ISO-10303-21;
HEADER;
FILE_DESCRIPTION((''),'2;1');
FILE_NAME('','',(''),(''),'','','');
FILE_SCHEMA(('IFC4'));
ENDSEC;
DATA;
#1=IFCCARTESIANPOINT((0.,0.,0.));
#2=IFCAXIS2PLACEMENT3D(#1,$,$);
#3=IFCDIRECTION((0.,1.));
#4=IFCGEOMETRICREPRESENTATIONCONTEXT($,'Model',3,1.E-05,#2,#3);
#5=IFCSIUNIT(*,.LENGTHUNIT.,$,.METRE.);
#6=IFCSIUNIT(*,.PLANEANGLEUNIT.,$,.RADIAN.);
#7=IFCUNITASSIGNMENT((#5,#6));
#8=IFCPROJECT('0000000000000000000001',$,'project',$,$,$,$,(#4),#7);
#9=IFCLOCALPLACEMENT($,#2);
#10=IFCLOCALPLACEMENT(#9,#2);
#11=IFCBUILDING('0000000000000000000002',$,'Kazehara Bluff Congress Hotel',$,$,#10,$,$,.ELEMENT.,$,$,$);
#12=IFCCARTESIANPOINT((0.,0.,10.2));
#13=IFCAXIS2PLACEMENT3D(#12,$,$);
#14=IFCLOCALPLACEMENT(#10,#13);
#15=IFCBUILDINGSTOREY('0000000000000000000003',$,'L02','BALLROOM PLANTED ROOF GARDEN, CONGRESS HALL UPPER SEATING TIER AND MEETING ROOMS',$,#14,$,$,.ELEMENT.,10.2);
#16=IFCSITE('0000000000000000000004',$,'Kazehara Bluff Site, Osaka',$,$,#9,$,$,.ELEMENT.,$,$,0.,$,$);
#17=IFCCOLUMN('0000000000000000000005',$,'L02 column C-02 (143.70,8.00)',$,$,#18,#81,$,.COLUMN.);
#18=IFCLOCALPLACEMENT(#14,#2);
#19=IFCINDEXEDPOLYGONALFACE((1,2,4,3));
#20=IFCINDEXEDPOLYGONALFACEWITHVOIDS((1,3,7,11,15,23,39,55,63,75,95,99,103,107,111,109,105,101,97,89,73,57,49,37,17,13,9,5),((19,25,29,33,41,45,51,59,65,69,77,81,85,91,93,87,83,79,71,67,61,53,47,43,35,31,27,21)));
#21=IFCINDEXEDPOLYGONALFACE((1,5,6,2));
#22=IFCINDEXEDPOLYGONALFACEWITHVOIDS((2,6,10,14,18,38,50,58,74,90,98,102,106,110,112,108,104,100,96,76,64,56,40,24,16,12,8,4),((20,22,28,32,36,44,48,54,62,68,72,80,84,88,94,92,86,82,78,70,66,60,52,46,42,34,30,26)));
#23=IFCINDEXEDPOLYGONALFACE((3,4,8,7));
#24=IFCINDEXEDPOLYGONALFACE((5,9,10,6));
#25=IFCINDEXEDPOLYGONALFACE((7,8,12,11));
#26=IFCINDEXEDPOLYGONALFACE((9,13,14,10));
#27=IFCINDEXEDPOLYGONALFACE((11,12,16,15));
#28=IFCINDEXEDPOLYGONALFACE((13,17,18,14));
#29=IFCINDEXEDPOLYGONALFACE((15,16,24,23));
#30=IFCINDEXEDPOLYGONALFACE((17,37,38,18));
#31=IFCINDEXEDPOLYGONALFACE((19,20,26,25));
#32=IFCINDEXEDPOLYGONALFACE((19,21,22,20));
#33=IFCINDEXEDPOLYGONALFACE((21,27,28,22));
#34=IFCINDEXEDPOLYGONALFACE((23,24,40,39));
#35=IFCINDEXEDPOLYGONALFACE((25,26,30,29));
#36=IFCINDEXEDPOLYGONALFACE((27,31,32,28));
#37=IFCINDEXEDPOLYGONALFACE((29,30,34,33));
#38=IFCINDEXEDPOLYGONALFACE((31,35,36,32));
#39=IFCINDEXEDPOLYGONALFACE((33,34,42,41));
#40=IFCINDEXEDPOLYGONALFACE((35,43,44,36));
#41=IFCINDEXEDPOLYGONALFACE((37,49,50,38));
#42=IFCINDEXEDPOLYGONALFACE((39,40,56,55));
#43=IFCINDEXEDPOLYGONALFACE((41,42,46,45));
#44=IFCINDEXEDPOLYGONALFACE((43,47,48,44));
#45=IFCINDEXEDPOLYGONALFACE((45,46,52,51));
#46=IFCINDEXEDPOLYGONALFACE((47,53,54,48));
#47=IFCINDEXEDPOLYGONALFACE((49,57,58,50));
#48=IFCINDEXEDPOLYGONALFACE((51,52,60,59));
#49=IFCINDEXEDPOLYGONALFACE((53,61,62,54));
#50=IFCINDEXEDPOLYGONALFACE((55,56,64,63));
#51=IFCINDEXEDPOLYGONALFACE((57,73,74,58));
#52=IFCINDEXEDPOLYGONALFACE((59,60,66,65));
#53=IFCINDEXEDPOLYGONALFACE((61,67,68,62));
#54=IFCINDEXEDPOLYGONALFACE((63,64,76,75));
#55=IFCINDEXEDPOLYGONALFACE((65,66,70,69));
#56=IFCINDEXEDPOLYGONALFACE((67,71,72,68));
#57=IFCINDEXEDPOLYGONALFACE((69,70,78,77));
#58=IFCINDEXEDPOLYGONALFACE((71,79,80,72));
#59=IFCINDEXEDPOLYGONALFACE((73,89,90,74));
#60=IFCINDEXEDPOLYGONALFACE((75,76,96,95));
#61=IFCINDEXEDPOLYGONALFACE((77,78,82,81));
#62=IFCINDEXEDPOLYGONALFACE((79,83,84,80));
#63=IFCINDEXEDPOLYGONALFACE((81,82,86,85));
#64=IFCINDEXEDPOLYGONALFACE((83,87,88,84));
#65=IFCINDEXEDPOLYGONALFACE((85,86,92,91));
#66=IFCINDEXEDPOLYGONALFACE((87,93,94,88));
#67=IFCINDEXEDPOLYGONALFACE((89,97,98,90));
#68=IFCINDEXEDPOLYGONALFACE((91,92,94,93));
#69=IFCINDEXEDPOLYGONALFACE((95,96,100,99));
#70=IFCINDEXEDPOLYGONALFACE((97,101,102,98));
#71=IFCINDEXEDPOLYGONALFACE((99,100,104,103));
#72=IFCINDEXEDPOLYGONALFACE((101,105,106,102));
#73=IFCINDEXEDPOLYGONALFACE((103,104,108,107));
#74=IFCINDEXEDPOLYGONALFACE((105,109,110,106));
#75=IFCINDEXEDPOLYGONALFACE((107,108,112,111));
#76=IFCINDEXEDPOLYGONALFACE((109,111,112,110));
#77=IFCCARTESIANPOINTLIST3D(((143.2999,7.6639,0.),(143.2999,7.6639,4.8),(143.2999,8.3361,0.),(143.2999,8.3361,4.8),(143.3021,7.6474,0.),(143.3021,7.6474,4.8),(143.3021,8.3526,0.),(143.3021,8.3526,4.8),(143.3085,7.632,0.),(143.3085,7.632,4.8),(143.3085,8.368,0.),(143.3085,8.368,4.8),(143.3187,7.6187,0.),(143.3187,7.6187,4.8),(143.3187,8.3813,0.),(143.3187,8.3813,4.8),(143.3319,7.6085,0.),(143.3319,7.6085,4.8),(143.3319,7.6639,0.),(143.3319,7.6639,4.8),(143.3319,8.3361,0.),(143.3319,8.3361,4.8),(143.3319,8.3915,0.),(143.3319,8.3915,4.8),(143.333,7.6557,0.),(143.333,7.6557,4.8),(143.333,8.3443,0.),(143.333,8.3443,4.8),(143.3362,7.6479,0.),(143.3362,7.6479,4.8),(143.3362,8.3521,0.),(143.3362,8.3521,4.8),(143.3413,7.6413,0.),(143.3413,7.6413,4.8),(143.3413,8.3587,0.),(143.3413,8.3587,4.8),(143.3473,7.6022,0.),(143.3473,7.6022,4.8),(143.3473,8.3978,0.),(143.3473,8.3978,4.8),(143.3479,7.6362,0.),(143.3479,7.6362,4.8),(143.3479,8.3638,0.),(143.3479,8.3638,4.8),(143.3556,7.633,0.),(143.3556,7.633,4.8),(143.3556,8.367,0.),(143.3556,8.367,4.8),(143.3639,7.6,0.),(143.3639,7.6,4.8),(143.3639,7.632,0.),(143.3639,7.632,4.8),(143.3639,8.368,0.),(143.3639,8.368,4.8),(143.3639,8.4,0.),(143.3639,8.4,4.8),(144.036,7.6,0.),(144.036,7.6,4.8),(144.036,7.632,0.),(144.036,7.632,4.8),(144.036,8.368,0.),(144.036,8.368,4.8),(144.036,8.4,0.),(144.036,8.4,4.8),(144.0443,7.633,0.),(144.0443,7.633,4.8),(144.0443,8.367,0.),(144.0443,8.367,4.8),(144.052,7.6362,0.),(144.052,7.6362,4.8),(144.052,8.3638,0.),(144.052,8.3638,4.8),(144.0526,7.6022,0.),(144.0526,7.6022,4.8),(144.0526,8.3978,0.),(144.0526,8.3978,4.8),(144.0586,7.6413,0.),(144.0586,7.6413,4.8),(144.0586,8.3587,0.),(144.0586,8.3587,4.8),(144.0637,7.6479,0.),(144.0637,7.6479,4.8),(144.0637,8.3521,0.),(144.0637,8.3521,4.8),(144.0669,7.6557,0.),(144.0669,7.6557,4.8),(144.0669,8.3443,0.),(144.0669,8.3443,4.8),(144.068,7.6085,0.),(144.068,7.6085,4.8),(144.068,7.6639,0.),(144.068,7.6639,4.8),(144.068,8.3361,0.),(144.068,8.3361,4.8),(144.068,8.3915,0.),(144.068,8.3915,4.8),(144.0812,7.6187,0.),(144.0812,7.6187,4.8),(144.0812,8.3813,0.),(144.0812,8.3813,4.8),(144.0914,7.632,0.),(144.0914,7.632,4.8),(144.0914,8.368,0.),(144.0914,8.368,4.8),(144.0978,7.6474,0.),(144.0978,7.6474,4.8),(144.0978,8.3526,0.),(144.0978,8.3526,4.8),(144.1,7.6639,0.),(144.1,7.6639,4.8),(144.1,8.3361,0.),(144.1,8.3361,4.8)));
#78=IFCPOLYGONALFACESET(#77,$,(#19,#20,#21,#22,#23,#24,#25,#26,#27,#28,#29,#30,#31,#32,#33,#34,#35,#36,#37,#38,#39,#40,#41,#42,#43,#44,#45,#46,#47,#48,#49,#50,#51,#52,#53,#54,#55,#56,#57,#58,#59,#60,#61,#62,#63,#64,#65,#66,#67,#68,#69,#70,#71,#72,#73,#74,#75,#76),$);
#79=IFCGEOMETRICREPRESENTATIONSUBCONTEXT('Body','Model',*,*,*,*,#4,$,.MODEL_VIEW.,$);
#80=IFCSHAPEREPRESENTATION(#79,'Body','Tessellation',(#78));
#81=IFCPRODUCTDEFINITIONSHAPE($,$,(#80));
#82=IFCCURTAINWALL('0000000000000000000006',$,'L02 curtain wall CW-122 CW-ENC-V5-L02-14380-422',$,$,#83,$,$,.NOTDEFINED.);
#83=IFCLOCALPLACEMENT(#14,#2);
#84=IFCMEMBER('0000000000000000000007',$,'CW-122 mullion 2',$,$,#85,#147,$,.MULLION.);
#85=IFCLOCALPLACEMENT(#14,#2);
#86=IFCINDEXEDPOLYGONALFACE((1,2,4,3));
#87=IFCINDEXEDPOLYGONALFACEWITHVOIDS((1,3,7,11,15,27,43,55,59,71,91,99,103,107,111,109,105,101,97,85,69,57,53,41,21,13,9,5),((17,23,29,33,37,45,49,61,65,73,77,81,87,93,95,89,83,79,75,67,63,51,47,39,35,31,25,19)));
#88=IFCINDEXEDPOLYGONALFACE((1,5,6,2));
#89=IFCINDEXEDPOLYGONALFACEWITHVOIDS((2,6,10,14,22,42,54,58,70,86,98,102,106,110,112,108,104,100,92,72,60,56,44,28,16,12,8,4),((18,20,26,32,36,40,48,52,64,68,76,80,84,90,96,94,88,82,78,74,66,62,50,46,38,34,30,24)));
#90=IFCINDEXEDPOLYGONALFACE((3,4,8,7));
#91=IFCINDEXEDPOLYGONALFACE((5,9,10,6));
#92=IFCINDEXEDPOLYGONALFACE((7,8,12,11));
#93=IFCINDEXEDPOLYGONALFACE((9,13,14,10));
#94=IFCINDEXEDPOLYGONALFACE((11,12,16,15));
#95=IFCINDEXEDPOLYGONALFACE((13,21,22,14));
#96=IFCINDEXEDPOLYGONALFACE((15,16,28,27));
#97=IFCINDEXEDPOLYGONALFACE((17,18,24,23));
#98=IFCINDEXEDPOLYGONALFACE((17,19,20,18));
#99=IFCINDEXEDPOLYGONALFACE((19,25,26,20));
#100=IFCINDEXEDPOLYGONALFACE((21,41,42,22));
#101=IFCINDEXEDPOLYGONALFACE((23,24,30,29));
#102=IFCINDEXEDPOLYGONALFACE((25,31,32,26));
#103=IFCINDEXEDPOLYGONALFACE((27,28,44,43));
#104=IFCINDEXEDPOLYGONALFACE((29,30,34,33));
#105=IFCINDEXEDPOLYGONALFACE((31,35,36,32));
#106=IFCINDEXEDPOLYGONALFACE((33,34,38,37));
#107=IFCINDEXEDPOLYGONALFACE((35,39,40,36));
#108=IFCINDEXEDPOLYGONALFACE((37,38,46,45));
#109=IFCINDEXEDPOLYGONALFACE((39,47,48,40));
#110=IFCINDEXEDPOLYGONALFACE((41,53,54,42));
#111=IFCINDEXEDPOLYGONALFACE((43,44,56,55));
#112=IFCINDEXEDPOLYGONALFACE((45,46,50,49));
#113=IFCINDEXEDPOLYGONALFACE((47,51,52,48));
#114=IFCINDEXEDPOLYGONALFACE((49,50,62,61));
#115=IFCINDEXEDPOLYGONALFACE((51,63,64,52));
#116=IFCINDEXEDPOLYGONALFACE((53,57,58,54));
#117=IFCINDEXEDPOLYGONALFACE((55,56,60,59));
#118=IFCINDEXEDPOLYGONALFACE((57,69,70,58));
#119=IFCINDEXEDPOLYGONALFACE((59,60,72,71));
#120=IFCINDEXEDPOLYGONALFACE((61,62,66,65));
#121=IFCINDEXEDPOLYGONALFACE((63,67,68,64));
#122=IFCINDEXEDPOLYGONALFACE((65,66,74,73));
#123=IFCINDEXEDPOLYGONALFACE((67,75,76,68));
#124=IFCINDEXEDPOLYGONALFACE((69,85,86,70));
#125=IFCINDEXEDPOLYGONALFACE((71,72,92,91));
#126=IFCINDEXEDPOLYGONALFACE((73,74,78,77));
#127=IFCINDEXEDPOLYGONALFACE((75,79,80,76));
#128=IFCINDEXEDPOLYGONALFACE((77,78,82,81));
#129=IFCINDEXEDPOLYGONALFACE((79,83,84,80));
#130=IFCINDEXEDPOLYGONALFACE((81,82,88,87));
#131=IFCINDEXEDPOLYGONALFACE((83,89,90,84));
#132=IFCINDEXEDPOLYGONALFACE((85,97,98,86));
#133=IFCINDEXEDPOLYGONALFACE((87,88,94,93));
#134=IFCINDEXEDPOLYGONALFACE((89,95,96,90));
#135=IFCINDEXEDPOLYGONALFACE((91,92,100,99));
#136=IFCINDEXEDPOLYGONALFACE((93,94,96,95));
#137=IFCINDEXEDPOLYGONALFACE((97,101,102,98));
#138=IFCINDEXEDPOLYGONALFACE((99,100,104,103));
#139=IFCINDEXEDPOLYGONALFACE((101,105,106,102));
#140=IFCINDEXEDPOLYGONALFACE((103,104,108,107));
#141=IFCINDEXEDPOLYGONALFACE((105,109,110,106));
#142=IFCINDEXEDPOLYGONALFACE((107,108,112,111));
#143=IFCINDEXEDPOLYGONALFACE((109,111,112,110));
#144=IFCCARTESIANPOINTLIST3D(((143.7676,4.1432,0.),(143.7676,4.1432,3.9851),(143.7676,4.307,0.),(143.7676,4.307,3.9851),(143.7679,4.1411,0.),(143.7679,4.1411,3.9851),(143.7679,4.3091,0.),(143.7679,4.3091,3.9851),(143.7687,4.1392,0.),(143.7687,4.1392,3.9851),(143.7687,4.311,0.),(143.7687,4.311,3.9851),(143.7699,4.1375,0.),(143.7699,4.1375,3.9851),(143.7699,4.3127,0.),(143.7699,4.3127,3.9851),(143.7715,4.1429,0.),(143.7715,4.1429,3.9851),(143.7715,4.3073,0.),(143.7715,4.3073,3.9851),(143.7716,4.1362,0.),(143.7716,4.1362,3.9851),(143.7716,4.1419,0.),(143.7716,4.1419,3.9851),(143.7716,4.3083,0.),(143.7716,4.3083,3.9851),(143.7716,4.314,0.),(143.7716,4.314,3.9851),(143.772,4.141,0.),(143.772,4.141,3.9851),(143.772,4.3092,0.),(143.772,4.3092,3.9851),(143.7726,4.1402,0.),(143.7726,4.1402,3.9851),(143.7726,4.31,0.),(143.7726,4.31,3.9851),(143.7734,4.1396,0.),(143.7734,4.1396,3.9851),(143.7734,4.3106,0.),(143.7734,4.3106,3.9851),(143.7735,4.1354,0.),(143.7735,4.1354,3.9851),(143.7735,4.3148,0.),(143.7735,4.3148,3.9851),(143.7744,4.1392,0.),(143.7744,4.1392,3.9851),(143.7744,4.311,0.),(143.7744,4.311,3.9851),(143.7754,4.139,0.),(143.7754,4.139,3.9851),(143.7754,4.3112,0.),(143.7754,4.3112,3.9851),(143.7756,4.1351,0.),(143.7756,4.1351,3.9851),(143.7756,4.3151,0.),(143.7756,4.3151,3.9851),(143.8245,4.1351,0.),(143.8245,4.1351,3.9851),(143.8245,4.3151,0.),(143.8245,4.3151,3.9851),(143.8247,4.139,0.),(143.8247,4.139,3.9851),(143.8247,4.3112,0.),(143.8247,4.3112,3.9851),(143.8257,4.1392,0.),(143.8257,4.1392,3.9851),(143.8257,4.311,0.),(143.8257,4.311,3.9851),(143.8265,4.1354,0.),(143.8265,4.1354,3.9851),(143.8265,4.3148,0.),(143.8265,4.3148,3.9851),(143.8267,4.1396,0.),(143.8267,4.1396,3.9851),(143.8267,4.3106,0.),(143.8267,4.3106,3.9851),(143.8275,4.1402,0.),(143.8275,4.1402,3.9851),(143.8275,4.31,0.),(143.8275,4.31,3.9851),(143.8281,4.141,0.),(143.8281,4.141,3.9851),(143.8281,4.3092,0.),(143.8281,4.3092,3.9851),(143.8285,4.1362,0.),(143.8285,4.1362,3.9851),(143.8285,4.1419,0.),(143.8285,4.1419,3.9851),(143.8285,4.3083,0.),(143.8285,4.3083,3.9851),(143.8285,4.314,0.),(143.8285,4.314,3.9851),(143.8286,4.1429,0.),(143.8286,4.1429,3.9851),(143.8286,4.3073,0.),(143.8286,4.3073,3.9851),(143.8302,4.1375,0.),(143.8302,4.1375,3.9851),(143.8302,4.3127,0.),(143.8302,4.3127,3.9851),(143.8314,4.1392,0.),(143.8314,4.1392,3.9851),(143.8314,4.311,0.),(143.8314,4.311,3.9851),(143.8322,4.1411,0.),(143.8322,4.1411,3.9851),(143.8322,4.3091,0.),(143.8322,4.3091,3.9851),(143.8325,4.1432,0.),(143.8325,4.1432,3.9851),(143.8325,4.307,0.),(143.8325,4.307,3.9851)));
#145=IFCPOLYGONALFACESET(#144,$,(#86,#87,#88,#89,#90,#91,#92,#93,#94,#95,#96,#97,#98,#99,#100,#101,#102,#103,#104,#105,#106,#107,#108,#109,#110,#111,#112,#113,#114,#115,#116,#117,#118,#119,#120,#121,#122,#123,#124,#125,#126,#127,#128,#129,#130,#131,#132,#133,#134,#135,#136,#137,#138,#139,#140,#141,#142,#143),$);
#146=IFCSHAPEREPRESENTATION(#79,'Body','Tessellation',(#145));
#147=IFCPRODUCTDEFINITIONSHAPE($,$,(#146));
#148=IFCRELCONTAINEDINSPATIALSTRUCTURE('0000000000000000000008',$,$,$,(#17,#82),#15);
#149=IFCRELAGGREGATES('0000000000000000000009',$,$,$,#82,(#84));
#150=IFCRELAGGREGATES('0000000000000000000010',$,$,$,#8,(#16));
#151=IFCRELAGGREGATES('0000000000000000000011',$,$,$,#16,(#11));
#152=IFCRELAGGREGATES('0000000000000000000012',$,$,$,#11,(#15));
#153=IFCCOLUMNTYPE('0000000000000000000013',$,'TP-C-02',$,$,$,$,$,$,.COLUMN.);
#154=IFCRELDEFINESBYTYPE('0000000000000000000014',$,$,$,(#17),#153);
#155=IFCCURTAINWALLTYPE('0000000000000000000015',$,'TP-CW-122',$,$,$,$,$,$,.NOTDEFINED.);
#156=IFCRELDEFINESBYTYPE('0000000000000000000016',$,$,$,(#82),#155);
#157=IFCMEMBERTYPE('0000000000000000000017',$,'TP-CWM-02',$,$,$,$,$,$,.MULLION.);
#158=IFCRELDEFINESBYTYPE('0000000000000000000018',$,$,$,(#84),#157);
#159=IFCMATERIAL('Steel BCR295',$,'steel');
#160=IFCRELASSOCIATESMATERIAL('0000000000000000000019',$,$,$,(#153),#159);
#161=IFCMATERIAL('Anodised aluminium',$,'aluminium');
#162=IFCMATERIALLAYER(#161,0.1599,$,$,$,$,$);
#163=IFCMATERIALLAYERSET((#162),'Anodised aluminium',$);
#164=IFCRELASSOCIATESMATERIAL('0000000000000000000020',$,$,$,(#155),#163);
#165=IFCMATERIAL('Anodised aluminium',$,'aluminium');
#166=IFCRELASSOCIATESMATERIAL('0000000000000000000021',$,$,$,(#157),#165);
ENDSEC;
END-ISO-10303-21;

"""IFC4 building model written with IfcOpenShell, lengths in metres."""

from ifc_helpers import new_model, si_unit, direction, frame, origin, origin_2d, place, context, subcontext, project, spatial, hollow_rectangle, extrude, material, layer, layer_set, material_profile, profile_set, type_object, element, aggregate, save


model = new_model("IFC4")

# Units and contexts
model_context = context("Model", 3, precision=1e-05, world=origin(), true_north=direction((0.0, 1.0)))
body_context = subcontext(model_context, "Body", "Model", "MODEL_VIEW")
ifc_project = project(units=[si_unit("LENGTHUNIT", "METRE"), si_unit("PLANEANGLEUNIT", "RADIAN")], contexts=[model_context])

# Site, building, storey
site_placement = place(None, origin())
site = spatial("IfcSite", under=ifc_project, at=site_placement, Name="Kazehara Bluff Site, Osaka", CompositionType="ELEMENT", RefElevation=0.0)
building_placement = place(site_placement, origin())
building = spatial("IfcBuilding", under=site, at=building_placement, Name="Kazehara Bluff Congress Hotel", CompositionType="ELEMENT")
storey_placement = place(building_placement, frame((0.0, 0.0, 10.2)))
storey = spatial("IfcBuildingStorey", under=building, at=storey_placement, Name="L02", Description="BALLROOM PLANTED ROOF GARDEN, CONGRESS HALL UPPER SEATING TIER AND MEETING ROOMS", CompositionType="ELEMENT", Elevation=10.2)

# Column
ifc_material_1 = material(Name="Steel BCR295", Category="steel")
ifc_material_profile_1 = material_profile(ifc_material_1, hollow_rectangle(XDim=0.8, YDim=0.8, WallThickness=0.032, InnerFilletRadius=0.032, OuterFilletRadius=0.064, at=origin_2d()))
ifc_profile_set_1 = profile_set([ifc_material_profile_1], Name="Steel BCR295")
column_type = type_object("IfcColumnType", Name="TP-C-02", PredefinedType="COLUMN", material=ifc_profile_set_1)
column_placement = place(storey_placement, frame((143.7, 8.0, 0.0), z_axis=(0.0, 0.0, 1.0), x_axis=(1.0, 0.0, 0.0)))
element("IfcColumn", 1, at=column_placement, inside=storey, type_object=column_type, Name="L02 column C-02 (143.70,8.00)", PredefinedType="COLUMN", context=body_context, shape_type="SweptSolid", body=[
    extrude(hollow_rectangle(XDim=0.8, YDim=0.8, WallThickness=0.032, InnerFilletRadius=0.032, OuterFilletRadius=0.064, at=origin_2d()), origin(), (0.0, 0.0, 1.0), 4.8),
])

# Curtain wall, member
ifc_material_2 = material(Name="Anodised aluminium", Category="aluminium")
ifc_layer_1 = layer(ifc_material_2, 0.1599)
ifc_layer_set_1 = layer_set([ifc_layer_1], Name="Anodised aluminium")
curtain_wall_type_1 = type_object("IfcCurtainWallType", Name="TP-CW-122", PredefinedType="NOTDEFINED", material=ifc_layer_set_1)
curtain_wall_1_placement = place(storey_placement, origin())
curtain_wall_1 = element("IfcCurtainWall", 2, at=curtain_wall_1_placement, inside=storey, type_object=curtain_wall_type_1, Name="L02 curtain wall CW-122 CW-ENC-V5-L02-14380-422", PredefinedType="NOTDEFINED")
ifc_material_3 = material(Name="Anodised aluminium", Category="aluminium")
ifc_material_profile_2 = material_profile(ifc_material_3, hollow_rectangle(XDim=0.0649, YDim=0.1799, WallThickness=0.0039, InnerFilletRadius=0.0039, OuterFilletRadius=0.0081, at=origin_2d()))
ifc_profile_set_2 = profile_set([ifc_material_profile_2], Name="Anodised aluminium")
member_type_1 = type_object("IfcMemberType", Name="TP-CWM-02", PredefinedType="MULLION", material=ifc_profile_set_2)
member_1_placement = place(storey_placement, frame((143.8, 4.2251, 0.0), z_axis=(0.0, 0.0, 1.0), x_axis=(-1.0, 0.0, 0.0)))
member_1 = element("IfcMember", 3, at=member_1_placement, type_object=member_type_1, Name="CW-122 mullion 2", PredefinedType="MULLION", context=body_context, shape_type="SweptSolid", body=[
    extrude(hollow_rectangle(XDim=0.0649, YDim=0.1799, WallThickness=0.0039, InnerFilletRadius=0.0039, OuterFilletRadius=0.0081, at=origin_2d()), origin(), (0.0, 0.0, 1.0), 3.9851),
])

aggregate(curtain_wall_1, [member_1])

save(model, "model.ifc")
